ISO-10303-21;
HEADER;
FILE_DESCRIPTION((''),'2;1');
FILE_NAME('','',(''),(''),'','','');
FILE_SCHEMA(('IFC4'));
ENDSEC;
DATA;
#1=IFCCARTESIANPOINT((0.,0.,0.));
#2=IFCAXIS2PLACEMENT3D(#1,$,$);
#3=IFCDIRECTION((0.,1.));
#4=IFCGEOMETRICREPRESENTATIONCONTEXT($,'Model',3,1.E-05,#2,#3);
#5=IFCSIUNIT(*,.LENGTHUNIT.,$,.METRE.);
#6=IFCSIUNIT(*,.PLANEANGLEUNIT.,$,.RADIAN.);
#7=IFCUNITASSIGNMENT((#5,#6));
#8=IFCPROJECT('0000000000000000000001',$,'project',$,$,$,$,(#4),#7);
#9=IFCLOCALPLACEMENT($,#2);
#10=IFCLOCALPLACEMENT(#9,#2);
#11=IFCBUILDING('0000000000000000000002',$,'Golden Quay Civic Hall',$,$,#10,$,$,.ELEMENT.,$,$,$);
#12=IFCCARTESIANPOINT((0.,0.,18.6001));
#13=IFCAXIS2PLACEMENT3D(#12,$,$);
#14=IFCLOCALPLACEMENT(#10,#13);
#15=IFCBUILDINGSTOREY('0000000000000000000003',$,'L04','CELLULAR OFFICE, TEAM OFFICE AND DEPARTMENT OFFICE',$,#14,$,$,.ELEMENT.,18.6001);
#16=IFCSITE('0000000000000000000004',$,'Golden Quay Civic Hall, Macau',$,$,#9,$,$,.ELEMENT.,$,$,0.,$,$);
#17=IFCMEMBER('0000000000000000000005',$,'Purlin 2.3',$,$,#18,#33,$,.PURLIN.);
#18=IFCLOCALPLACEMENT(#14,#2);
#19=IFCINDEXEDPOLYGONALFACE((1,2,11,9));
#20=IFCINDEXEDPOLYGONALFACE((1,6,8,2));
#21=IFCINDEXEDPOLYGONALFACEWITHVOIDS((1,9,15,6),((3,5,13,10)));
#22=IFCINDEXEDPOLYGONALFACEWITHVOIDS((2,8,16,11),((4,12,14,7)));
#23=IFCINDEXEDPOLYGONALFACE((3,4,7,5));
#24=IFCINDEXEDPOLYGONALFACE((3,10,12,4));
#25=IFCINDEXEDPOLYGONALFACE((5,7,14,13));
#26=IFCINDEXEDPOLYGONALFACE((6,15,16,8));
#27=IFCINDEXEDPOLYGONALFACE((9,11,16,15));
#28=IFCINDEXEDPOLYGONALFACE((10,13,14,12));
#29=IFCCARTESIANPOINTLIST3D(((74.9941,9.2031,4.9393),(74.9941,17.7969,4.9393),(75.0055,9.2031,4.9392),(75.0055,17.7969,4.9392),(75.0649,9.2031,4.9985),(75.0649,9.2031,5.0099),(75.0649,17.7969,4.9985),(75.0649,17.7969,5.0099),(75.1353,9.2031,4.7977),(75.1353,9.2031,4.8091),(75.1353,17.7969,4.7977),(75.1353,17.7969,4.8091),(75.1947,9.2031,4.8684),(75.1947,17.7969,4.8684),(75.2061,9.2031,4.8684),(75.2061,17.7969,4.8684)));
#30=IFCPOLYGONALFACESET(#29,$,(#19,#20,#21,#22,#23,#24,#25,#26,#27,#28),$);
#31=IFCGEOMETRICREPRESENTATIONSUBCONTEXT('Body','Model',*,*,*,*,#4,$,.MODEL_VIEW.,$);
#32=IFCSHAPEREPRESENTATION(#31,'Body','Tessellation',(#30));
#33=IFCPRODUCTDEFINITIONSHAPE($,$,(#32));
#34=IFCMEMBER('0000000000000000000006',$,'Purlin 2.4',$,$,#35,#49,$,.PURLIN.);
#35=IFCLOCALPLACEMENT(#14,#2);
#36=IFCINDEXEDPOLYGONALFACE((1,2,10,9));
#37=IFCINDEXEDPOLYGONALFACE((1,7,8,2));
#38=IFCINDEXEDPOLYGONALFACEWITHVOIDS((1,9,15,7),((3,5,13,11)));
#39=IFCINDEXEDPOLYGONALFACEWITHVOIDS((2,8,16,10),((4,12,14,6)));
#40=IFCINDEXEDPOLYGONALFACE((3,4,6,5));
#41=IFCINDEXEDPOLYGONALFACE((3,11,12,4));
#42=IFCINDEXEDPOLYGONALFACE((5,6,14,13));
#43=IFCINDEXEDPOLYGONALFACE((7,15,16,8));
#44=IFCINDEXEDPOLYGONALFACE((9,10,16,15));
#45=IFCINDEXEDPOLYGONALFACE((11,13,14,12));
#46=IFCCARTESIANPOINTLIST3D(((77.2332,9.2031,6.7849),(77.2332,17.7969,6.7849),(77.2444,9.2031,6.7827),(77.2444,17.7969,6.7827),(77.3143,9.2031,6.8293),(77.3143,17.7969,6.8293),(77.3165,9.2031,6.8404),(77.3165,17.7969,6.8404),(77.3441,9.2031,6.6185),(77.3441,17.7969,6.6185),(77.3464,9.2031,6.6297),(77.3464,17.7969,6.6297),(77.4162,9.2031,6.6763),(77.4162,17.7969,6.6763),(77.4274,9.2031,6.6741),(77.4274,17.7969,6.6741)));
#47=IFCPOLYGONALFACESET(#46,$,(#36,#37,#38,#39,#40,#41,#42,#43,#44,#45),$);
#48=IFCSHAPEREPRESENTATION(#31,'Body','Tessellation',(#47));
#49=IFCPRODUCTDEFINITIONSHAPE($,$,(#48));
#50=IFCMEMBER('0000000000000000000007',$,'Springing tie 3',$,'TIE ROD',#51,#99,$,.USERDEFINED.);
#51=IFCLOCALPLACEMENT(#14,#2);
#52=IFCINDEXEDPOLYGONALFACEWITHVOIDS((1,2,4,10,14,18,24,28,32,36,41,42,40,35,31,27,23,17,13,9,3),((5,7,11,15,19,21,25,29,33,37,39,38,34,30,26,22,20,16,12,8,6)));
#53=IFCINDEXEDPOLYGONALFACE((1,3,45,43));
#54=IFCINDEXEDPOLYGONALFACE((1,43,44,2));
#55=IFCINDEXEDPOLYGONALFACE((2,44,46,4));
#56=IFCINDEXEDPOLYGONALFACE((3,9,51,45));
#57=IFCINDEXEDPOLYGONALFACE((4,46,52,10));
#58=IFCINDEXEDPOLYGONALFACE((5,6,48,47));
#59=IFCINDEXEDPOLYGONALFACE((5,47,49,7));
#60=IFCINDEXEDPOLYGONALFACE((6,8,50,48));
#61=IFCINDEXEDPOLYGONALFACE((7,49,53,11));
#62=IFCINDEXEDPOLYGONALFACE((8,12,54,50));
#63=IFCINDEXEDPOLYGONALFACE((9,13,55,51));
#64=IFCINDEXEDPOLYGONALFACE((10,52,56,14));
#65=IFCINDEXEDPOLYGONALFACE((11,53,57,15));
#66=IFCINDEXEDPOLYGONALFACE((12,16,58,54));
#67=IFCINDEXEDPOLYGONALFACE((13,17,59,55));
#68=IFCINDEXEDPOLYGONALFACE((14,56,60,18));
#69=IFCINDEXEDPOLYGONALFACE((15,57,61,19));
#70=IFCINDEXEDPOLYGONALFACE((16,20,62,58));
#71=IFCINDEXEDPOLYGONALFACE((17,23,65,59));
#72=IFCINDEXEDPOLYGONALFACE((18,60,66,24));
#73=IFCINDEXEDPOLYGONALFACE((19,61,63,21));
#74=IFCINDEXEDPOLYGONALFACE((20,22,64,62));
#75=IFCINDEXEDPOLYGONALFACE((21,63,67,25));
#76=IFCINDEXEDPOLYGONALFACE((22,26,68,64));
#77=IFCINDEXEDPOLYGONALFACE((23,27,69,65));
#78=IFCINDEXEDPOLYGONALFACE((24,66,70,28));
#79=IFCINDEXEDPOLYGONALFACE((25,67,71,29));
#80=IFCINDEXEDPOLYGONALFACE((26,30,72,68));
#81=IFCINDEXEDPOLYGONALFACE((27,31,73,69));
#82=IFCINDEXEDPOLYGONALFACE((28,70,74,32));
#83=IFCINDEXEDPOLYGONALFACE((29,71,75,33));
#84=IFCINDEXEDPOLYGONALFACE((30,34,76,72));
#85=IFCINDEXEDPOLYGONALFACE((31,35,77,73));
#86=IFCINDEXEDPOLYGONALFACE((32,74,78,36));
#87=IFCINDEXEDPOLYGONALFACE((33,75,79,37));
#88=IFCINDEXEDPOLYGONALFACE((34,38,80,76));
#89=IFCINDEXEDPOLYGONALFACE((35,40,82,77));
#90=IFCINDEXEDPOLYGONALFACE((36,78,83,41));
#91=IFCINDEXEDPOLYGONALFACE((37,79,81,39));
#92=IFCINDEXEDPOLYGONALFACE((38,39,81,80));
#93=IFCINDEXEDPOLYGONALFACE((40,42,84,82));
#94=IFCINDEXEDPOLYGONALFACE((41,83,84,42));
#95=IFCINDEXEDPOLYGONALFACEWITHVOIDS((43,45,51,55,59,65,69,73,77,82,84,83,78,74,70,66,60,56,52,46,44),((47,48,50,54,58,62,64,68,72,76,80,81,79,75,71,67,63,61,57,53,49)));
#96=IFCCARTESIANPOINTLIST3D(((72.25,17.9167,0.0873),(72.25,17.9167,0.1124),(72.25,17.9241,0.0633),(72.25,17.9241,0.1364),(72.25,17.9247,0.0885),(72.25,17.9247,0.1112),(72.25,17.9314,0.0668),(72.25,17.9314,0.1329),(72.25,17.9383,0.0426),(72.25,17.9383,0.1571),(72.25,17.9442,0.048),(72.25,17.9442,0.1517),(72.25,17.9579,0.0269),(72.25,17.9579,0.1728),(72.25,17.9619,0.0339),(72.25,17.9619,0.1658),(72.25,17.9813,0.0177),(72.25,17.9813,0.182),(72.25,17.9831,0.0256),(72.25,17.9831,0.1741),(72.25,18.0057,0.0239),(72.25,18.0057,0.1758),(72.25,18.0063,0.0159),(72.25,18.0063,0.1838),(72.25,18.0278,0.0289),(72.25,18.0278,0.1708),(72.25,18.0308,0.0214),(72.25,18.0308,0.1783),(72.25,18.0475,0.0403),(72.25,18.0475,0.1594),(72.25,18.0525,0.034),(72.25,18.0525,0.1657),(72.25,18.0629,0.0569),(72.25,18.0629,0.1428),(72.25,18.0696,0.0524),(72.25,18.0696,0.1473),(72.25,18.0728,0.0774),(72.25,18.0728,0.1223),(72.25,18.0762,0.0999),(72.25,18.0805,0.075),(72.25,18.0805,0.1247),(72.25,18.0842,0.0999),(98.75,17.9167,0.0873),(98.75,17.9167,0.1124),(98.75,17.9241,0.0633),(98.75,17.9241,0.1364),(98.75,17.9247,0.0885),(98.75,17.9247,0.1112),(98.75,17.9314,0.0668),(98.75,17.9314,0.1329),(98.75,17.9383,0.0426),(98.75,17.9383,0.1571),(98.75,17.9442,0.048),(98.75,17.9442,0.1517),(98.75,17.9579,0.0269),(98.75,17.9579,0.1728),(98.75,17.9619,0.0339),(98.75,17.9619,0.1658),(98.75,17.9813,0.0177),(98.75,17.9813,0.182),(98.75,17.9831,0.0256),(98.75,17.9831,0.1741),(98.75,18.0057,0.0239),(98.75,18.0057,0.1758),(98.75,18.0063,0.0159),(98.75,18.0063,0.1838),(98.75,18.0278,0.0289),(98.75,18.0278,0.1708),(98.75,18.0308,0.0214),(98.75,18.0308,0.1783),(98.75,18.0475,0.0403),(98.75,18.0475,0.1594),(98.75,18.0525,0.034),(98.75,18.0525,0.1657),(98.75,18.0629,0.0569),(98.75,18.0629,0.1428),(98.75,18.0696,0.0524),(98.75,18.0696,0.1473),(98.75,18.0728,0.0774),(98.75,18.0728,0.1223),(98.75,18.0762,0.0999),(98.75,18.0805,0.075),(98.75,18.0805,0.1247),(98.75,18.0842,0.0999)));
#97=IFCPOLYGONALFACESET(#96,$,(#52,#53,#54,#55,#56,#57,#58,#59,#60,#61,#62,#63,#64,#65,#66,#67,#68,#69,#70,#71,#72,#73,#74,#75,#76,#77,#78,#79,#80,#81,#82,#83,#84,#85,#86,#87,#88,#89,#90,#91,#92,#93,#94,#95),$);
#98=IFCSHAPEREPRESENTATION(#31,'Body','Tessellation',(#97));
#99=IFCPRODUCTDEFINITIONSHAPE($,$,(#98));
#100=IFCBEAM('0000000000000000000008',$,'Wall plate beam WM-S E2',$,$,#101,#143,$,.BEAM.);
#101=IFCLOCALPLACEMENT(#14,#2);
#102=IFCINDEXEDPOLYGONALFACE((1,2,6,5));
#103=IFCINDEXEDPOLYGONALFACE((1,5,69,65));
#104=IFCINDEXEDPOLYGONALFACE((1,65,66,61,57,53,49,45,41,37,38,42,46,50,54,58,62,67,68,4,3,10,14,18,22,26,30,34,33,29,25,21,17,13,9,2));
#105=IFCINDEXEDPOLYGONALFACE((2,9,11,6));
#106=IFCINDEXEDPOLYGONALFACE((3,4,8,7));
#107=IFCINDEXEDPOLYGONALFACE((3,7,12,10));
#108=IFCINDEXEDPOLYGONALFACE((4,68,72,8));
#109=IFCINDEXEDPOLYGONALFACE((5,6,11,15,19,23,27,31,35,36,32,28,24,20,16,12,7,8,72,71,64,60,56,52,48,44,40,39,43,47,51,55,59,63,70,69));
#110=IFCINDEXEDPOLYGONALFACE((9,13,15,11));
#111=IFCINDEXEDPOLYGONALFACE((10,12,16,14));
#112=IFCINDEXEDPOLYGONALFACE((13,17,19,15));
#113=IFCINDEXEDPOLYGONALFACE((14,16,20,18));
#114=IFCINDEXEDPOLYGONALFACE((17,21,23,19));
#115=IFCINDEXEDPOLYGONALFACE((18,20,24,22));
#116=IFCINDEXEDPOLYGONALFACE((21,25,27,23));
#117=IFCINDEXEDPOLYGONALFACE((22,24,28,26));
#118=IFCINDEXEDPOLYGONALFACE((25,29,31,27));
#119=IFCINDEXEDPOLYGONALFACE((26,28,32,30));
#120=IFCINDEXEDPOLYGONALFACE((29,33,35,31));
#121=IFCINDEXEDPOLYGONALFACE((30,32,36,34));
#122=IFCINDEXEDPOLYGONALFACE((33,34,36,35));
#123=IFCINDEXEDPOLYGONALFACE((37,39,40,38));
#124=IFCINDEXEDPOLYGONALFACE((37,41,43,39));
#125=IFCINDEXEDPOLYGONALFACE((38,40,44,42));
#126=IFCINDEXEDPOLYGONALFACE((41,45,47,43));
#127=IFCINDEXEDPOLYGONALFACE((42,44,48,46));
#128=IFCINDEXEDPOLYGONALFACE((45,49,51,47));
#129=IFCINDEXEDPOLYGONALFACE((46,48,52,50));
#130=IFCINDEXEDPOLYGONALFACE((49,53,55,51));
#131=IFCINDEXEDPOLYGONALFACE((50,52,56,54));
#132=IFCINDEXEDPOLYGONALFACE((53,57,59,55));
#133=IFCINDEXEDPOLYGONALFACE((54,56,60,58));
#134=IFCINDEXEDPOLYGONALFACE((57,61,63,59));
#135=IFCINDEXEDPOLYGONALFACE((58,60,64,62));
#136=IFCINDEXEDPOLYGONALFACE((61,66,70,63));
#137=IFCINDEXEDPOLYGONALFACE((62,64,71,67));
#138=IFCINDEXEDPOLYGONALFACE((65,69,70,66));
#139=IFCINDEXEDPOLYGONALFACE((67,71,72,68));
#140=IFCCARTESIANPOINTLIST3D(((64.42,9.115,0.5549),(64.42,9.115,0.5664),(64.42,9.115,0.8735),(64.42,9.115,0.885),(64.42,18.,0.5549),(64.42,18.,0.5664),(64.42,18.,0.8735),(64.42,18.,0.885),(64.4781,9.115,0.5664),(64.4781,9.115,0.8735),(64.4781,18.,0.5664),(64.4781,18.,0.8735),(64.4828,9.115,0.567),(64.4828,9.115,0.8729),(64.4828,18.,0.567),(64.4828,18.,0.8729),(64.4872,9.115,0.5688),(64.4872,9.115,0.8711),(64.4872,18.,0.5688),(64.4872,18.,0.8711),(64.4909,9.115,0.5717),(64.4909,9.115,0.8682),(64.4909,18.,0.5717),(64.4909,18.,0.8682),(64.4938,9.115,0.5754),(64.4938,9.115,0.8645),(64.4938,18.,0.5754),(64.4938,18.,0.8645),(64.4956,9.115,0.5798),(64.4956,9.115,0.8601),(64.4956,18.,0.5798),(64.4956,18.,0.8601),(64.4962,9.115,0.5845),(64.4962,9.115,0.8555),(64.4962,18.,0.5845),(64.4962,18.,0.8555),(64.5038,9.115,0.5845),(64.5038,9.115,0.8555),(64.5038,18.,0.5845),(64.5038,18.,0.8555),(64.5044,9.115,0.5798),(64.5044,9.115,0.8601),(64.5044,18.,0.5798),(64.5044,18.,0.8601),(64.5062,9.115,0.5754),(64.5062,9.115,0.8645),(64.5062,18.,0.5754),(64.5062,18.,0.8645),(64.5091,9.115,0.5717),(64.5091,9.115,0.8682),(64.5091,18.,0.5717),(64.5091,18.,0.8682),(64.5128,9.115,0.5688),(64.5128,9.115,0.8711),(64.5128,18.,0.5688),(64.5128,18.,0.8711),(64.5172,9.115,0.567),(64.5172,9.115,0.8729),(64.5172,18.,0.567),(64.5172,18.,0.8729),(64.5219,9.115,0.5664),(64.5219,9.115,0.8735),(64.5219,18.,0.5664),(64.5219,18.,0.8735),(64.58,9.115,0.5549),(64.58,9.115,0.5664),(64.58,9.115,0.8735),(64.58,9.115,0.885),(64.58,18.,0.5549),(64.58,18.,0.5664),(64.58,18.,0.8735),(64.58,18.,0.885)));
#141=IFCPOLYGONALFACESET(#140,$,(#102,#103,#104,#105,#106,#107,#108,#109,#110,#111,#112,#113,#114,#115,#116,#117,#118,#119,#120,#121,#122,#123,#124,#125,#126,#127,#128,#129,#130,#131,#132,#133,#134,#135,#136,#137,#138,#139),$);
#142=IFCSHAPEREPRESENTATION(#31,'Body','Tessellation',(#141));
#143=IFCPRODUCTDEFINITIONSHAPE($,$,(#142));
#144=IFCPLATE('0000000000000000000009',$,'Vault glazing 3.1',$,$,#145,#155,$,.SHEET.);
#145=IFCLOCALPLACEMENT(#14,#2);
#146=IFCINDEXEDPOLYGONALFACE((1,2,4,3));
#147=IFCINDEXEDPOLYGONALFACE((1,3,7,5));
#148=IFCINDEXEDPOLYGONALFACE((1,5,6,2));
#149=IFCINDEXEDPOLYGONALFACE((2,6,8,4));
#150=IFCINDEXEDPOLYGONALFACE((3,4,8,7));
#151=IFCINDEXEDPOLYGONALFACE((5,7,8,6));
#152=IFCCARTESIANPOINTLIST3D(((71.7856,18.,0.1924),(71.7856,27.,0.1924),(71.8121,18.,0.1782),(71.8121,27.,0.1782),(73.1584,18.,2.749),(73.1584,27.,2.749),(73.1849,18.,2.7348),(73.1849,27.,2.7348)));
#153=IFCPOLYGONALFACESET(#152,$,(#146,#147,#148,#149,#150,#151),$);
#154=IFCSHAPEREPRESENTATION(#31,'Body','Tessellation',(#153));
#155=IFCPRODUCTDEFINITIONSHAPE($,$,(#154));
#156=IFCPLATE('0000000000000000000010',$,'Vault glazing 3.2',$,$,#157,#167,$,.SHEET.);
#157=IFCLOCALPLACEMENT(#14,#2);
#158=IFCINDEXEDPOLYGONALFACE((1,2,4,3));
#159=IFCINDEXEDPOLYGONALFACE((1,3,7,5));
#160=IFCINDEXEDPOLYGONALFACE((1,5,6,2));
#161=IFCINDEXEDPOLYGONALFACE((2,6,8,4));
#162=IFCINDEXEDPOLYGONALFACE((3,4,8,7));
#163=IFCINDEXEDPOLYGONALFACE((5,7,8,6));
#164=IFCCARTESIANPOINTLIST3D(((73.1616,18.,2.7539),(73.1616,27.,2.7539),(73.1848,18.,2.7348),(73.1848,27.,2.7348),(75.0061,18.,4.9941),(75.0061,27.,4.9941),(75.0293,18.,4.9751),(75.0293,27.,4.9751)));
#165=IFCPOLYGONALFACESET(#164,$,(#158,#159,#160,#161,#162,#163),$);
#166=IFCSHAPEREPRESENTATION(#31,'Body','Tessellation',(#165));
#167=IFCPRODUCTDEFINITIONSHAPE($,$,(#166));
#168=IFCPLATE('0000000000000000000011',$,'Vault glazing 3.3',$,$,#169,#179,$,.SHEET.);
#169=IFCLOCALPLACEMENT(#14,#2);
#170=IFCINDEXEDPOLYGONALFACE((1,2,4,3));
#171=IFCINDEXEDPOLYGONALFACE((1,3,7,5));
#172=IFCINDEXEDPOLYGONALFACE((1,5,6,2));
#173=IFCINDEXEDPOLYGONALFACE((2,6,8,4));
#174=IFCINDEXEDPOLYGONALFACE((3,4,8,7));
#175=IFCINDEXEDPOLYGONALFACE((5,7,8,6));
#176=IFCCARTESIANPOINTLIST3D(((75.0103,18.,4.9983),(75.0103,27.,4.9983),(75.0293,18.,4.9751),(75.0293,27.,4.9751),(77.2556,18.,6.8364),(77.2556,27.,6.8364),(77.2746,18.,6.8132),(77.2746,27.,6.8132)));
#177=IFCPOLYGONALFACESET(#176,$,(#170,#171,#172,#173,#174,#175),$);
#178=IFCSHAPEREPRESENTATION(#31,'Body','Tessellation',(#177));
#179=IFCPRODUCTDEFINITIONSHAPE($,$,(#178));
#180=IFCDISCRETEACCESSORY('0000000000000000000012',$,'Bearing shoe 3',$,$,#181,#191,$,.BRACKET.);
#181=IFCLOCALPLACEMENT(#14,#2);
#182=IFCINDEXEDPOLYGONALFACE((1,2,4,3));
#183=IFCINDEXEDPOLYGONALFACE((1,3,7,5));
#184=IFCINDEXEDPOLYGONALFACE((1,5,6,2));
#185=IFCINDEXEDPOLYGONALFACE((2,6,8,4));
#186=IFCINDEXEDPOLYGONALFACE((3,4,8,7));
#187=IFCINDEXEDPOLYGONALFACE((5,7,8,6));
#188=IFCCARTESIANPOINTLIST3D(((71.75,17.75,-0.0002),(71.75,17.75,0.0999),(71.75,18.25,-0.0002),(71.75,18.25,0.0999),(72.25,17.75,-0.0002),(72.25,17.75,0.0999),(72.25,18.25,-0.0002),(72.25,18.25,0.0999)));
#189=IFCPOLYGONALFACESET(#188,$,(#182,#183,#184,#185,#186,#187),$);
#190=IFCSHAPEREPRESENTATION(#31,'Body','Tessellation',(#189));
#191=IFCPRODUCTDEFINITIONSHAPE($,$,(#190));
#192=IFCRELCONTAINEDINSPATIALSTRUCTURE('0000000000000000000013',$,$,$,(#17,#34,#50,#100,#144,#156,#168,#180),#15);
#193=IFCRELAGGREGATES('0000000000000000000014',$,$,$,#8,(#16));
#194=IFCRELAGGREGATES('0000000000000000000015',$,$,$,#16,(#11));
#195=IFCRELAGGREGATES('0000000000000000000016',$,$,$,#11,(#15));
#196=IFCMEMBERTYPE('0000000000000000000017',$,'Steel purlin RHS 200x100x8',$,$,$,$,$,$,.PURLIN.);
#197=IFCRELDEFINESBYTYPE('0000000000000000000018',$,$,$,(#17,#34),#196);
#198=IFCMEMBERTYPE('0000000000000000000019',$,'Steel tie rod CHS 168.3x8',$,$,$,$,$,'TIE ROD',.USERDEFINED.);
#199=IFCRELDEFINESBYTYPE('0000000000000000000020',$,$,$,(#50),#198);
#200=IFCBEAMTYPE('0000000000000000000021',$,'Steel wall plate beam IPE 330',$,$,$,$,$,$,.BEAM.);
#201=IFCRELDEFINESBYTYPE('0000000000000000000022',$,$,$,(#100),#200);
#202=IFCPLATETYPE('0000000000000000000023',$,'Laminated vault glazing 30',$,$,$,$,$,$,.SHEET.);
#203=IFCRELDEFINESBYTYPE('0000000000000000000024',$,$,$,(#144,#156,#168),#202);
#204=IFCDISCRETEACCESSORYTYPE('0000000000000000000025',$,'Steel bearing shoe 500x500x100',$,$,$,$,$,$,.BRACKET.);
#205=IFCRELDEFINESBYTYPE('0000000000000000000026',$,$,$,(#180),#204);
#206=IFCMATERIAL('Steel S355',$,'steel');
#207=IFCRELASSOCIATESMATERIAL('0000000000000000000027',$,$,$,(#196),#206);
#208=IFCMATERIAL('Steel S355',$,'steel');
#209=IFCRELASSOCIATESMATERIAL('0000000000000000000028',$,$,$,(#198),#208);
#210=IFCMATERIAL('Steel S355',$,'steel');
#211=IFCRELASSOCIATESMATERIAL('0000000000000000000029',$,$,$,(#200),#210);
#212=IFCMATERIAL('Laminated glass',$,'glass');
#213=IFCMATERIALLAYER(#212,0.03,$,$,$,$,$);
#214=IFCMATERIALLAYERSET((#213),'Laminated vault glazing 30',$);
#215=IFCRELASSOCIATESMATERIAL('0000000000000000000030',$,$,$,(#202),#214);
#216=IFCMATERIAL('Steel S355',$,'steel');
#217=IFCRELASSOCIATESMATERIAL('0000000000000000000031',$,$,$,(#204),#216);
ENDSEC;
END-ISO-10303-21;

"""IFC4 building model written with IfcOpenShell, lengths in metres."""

from ifc_helpers import new_model, si_unit, direction, frame, origin, origin_2d, place, context, subcontext, project, spatial, polyline, rectangle, hollow_rectangle, hollow_circle, i_section, outline, extrude, material, layer, layer_set, material_profile, profile_set, type_object, element, save


model = new_model("IFC4")

# Units and contexts
model_context = context("Model", 3, precision=1e-05, world=origin(), true_north=direction((0.0, 1.0)))
body_context = subcontext(model_context, "Body", "Model", "MODEL_VIEW")
ifc_project = project(units=[si_unit("LENGTHUNIT", "METRE"), si_unit("PLANEANGLEUNIT", "RADIAN")], contexts=[model_context])

# Site, building, storey
site_placement = place(None, origin())
site = spatial("IfcSite", under=ifc_project, at=site_placement, Name="Golden Quay Civic Hall, Macau", CompositionType="ELEMENT", RefElevation=0.0)
building_placement = place(site_placement, origin())
building = spatial("IfcBuilding", under=site, at=building_placement, Name="Golden Quay Civic Hall", CompositionType="ELEMENT")
storey_placement = place(building_placement, frame((0.0, 0.0, 18.6001)))
storey = spatial("IfcBuildingStorey", under=building, at=storey_placement, Name="L04", Description="CELLULAR OFFICE, TEAM OFFICE AND DEPARTMENT OFFICE", CompositionType="ELEMENT", Elevation=18.6001)

# Members
ifc_material_1 = material(Name="Steel S355", Category="steel")
ifc_material_profile_1 = material_profile(ifc_material_1, hollow_rectangle(XDim=0.1001, YDim=0.2, WallThickness=0.0081, at=origin_2d()), Name="RHS 200x100x8")
ifc_profile_set_1 = profile_set([ifc_material_profile_1], Name="Steel S355")
member_type_1 = type_object("IfcMemberType", Name="Steel purlin RHS 200x100x8", PredefinedType="PURLIN", material=ifc_profile_set_1)
for number, where, z_axis, x_axis, name in (
    (1, (75.1001, 9.2031, 4.9038), (0.0, 1.0, 0.0), (-0.708092, 0.0, -0.70612), "Purlin 2.3"),
    (2, (77.3303, 9.2031, 6.7295), (0.0, 1.0, 0.0), (-0.83205, 0.0, -0.5547), "Purlin 2.4"),
):
    element("IfcMember", number, at=place(storey_placement, frame(where, z_axis=z_axis, x_axis=x_axis)), inside=storey, type_object=member_type_1, Name=name, PredefinedType="PURLIN", context=body_context, shape_type="SweptSolid", body=[
        extrude(hollow_rectangle(XDim=0.1001, YDim=0.2, WallThickness=0.0081, at=origin_2d()), origin(), (0.0, 0.0, 1.0), 8.5938),
    ])
ifc_material_2 = material(Name="Steel S355", Category="steel")
ifc_material_profile_2 = material_profile(ifc_material_2, hollow_circle(Radius=0.0842, WallThickness=0.0081, at=origin_2d()), Name="CHS 168.3x8")
ifc_profile_set_2 = profile_set([ifc_material_profile_2], Name="Steel S355")
member_type_2 = type_object("IfcMemberType", Name="Steel tie rod CHS 168.3x8", ElementType="TIE ROD", PredefinedType="USERDEFINED", material=ifc_profile_set_2)
member_1_placement = place(storey_placement, frame((72.25, 18.0, 0.0999), z_axis=(1.0, 0.0, 0.0), x_axis=(0.0, 1.0, 0.0)))
element("IfcMember", 3, at=member_1_placement, inside=storey, type_object=member_type_2, Name="Springing tie 3", ObjectType="TIE ROD", PredefinedType="USERDEFINED", context=body_context, shape_type="SweptSolid", body=[
    extrude(hollow_circle(Radius=0.0842, WallThickness=0.0081, at=origin_2d()), origin(), (0.0, 0.0, 1.0), 26.5),
])

# Beam
ifc_material_3 = material(Name="Steel S355", Category="steel")
ifc_material_profile_3 = material_profile(ifc_material_3, i_section(OverallWidth=0.1599, OverallDepth=0.3301, WebThickness=0.0076, FlangeThickness=0.0115, FilletRadius=0.0181, at=origin_2d()), Name="IPE 330")
ifc_profile_set_3 = profile_set([ifc_material_profile_3], Name="Steel S355")
beam_type_1 = type_object("IfcBeamType", Name="Steel wall plate beam IPE 330", PredefinedType="BEAM", material=ifc_profile_set_3)
beam_1_placement = place(storey_placement, frame((64.5, 9.115, 0.72), z_axis=(0.0, 1.0, 0.0), x_axis=(-1.0, 0.0, 0.0)))
element("IfcBeam", 4, at=beam_1_placement, inside=storey, type_object=beam_type_1, Name="Wall plate beam WM-S E2", PredefinedType="BEAM", context=body_context, shape_type="SweptSolid", body=[
    extrude(i_section(OverallWidth=0.1599, OverallDepth=0.3301, WebThickness=0.0076, FlangeThickness=0.0115, FilletRadius=0.0181, at=origin_2d()), origin(), (0.0, 0.0, 1.0), 8.885),
])

# Plates
ifc_material_4 = material(Name="Laminated glass", Category="glass")
ifc_layer = layer(ifc_material_4, 0.03)
ifc_layer_set = layer_set([ifc_layer], Name="Laminated vault glazing 30")
plate_type = type_object("IfcPlateType", Name="Laminated vault glazing 30", PredefinedType="SHEET", material=ifc_layer_set)
plate_1_placement = place(storey_placement, frame((71.7856, 18.0, 0.1924), z_axis=(-0.881024, 0.0, 0.473071), x_axis=(0.473071, 0.0, 0.881024)))
element("IfcPlate", 5, at=plate_1_placement, inside=storey, type_object=plate_type, Name="Vault glazing 3.1", PredefinedType="SHEET", context=body_context, shape_type="SweptSolid", body=[
    extrude(outline(polyline([(0.0, 0.0), (2.9019, 0.0), (2.9019, 9.0), (0.0, 9.0), (0.0, 0.0)])), origin(), (0.0, 0.0, -1.0), 0.03),
])
plate_2_placement = place(storey_placement, frame((73.1616, 18.0, 2.7539), z_axis=(-0.772001, 0.0, 0.635622), x_axis=(0.635622, 0.0, 0.772001)))
element("IfcPlate", 6, at=plate_2_placement, inside=storey, type_object=plate_type, Name="Vault glazing 3.2", PredefinedType="SHEET", context=body_context, shape_type="SweptSolid", body=[
    extrude(outline(polyline([(0.0, 0.0), (2.9019, 0.0), (2.9019, 9.0), (0.0, 9.0), (0.0, 0.0)])), origin(), (0.0, 0.0, -1.0), 0.03),
])
plate_3_placement = place(storey_placement, frame((75.0103, 18.0, 4.9983), z_axis=(-0.633449, 0.0, 0.773785), x_axis=(0.773785, 0.0, 0.633449)))
element("IfcPlate", 7, at=plate_3_placement, inside=storey, type_object=plate_type, Name="Vault glazing 3.3", PredefinedType="SHEET", context=body_context, shape_type="SweptSolid", body=[
    extrude(outline(polyline([(0.0, 0.0), (2.9018, 0.0), (2.9018, 9.0), (0.0, 9.0), (0.0, 0.0)])), origin(), (0.0, 0.0, -1.0), 0.03),
])

# Discrete accessory
ifc_material_5 = material(Name="Steel S355", Category="steel")
discrete_accessory_type_1 = type_object("IfcDiscreteAccessoryType", Name="Steel bearing shoe 500x500x100", PredefinedType="BRACKET", material=ifc_material_5)
discrete_accessory_1_placement = place(storey_placement, frame((72.0, 18.0, -0.0002), z_axis=(0.0, 0.0, 1.0), x_axis=(1.0, 0.0, 0.0)))
element("IfcDiscreteAccessory", 8, at=discrete_accessory_1_placement, inside=storey, type_object=discrete_accessory_type_1, Name="Bearing shoe 3", PredefinedType="BRACKET", context=body_context, shape_type="SweptSolid", body=[
    extrude(rectangle(XDim=0.5, YDim=0.5, at=origin_2d()), origin(), (0.0, 0.0, 1.0), 0.1001),
])

save(model, "model.ifc")
